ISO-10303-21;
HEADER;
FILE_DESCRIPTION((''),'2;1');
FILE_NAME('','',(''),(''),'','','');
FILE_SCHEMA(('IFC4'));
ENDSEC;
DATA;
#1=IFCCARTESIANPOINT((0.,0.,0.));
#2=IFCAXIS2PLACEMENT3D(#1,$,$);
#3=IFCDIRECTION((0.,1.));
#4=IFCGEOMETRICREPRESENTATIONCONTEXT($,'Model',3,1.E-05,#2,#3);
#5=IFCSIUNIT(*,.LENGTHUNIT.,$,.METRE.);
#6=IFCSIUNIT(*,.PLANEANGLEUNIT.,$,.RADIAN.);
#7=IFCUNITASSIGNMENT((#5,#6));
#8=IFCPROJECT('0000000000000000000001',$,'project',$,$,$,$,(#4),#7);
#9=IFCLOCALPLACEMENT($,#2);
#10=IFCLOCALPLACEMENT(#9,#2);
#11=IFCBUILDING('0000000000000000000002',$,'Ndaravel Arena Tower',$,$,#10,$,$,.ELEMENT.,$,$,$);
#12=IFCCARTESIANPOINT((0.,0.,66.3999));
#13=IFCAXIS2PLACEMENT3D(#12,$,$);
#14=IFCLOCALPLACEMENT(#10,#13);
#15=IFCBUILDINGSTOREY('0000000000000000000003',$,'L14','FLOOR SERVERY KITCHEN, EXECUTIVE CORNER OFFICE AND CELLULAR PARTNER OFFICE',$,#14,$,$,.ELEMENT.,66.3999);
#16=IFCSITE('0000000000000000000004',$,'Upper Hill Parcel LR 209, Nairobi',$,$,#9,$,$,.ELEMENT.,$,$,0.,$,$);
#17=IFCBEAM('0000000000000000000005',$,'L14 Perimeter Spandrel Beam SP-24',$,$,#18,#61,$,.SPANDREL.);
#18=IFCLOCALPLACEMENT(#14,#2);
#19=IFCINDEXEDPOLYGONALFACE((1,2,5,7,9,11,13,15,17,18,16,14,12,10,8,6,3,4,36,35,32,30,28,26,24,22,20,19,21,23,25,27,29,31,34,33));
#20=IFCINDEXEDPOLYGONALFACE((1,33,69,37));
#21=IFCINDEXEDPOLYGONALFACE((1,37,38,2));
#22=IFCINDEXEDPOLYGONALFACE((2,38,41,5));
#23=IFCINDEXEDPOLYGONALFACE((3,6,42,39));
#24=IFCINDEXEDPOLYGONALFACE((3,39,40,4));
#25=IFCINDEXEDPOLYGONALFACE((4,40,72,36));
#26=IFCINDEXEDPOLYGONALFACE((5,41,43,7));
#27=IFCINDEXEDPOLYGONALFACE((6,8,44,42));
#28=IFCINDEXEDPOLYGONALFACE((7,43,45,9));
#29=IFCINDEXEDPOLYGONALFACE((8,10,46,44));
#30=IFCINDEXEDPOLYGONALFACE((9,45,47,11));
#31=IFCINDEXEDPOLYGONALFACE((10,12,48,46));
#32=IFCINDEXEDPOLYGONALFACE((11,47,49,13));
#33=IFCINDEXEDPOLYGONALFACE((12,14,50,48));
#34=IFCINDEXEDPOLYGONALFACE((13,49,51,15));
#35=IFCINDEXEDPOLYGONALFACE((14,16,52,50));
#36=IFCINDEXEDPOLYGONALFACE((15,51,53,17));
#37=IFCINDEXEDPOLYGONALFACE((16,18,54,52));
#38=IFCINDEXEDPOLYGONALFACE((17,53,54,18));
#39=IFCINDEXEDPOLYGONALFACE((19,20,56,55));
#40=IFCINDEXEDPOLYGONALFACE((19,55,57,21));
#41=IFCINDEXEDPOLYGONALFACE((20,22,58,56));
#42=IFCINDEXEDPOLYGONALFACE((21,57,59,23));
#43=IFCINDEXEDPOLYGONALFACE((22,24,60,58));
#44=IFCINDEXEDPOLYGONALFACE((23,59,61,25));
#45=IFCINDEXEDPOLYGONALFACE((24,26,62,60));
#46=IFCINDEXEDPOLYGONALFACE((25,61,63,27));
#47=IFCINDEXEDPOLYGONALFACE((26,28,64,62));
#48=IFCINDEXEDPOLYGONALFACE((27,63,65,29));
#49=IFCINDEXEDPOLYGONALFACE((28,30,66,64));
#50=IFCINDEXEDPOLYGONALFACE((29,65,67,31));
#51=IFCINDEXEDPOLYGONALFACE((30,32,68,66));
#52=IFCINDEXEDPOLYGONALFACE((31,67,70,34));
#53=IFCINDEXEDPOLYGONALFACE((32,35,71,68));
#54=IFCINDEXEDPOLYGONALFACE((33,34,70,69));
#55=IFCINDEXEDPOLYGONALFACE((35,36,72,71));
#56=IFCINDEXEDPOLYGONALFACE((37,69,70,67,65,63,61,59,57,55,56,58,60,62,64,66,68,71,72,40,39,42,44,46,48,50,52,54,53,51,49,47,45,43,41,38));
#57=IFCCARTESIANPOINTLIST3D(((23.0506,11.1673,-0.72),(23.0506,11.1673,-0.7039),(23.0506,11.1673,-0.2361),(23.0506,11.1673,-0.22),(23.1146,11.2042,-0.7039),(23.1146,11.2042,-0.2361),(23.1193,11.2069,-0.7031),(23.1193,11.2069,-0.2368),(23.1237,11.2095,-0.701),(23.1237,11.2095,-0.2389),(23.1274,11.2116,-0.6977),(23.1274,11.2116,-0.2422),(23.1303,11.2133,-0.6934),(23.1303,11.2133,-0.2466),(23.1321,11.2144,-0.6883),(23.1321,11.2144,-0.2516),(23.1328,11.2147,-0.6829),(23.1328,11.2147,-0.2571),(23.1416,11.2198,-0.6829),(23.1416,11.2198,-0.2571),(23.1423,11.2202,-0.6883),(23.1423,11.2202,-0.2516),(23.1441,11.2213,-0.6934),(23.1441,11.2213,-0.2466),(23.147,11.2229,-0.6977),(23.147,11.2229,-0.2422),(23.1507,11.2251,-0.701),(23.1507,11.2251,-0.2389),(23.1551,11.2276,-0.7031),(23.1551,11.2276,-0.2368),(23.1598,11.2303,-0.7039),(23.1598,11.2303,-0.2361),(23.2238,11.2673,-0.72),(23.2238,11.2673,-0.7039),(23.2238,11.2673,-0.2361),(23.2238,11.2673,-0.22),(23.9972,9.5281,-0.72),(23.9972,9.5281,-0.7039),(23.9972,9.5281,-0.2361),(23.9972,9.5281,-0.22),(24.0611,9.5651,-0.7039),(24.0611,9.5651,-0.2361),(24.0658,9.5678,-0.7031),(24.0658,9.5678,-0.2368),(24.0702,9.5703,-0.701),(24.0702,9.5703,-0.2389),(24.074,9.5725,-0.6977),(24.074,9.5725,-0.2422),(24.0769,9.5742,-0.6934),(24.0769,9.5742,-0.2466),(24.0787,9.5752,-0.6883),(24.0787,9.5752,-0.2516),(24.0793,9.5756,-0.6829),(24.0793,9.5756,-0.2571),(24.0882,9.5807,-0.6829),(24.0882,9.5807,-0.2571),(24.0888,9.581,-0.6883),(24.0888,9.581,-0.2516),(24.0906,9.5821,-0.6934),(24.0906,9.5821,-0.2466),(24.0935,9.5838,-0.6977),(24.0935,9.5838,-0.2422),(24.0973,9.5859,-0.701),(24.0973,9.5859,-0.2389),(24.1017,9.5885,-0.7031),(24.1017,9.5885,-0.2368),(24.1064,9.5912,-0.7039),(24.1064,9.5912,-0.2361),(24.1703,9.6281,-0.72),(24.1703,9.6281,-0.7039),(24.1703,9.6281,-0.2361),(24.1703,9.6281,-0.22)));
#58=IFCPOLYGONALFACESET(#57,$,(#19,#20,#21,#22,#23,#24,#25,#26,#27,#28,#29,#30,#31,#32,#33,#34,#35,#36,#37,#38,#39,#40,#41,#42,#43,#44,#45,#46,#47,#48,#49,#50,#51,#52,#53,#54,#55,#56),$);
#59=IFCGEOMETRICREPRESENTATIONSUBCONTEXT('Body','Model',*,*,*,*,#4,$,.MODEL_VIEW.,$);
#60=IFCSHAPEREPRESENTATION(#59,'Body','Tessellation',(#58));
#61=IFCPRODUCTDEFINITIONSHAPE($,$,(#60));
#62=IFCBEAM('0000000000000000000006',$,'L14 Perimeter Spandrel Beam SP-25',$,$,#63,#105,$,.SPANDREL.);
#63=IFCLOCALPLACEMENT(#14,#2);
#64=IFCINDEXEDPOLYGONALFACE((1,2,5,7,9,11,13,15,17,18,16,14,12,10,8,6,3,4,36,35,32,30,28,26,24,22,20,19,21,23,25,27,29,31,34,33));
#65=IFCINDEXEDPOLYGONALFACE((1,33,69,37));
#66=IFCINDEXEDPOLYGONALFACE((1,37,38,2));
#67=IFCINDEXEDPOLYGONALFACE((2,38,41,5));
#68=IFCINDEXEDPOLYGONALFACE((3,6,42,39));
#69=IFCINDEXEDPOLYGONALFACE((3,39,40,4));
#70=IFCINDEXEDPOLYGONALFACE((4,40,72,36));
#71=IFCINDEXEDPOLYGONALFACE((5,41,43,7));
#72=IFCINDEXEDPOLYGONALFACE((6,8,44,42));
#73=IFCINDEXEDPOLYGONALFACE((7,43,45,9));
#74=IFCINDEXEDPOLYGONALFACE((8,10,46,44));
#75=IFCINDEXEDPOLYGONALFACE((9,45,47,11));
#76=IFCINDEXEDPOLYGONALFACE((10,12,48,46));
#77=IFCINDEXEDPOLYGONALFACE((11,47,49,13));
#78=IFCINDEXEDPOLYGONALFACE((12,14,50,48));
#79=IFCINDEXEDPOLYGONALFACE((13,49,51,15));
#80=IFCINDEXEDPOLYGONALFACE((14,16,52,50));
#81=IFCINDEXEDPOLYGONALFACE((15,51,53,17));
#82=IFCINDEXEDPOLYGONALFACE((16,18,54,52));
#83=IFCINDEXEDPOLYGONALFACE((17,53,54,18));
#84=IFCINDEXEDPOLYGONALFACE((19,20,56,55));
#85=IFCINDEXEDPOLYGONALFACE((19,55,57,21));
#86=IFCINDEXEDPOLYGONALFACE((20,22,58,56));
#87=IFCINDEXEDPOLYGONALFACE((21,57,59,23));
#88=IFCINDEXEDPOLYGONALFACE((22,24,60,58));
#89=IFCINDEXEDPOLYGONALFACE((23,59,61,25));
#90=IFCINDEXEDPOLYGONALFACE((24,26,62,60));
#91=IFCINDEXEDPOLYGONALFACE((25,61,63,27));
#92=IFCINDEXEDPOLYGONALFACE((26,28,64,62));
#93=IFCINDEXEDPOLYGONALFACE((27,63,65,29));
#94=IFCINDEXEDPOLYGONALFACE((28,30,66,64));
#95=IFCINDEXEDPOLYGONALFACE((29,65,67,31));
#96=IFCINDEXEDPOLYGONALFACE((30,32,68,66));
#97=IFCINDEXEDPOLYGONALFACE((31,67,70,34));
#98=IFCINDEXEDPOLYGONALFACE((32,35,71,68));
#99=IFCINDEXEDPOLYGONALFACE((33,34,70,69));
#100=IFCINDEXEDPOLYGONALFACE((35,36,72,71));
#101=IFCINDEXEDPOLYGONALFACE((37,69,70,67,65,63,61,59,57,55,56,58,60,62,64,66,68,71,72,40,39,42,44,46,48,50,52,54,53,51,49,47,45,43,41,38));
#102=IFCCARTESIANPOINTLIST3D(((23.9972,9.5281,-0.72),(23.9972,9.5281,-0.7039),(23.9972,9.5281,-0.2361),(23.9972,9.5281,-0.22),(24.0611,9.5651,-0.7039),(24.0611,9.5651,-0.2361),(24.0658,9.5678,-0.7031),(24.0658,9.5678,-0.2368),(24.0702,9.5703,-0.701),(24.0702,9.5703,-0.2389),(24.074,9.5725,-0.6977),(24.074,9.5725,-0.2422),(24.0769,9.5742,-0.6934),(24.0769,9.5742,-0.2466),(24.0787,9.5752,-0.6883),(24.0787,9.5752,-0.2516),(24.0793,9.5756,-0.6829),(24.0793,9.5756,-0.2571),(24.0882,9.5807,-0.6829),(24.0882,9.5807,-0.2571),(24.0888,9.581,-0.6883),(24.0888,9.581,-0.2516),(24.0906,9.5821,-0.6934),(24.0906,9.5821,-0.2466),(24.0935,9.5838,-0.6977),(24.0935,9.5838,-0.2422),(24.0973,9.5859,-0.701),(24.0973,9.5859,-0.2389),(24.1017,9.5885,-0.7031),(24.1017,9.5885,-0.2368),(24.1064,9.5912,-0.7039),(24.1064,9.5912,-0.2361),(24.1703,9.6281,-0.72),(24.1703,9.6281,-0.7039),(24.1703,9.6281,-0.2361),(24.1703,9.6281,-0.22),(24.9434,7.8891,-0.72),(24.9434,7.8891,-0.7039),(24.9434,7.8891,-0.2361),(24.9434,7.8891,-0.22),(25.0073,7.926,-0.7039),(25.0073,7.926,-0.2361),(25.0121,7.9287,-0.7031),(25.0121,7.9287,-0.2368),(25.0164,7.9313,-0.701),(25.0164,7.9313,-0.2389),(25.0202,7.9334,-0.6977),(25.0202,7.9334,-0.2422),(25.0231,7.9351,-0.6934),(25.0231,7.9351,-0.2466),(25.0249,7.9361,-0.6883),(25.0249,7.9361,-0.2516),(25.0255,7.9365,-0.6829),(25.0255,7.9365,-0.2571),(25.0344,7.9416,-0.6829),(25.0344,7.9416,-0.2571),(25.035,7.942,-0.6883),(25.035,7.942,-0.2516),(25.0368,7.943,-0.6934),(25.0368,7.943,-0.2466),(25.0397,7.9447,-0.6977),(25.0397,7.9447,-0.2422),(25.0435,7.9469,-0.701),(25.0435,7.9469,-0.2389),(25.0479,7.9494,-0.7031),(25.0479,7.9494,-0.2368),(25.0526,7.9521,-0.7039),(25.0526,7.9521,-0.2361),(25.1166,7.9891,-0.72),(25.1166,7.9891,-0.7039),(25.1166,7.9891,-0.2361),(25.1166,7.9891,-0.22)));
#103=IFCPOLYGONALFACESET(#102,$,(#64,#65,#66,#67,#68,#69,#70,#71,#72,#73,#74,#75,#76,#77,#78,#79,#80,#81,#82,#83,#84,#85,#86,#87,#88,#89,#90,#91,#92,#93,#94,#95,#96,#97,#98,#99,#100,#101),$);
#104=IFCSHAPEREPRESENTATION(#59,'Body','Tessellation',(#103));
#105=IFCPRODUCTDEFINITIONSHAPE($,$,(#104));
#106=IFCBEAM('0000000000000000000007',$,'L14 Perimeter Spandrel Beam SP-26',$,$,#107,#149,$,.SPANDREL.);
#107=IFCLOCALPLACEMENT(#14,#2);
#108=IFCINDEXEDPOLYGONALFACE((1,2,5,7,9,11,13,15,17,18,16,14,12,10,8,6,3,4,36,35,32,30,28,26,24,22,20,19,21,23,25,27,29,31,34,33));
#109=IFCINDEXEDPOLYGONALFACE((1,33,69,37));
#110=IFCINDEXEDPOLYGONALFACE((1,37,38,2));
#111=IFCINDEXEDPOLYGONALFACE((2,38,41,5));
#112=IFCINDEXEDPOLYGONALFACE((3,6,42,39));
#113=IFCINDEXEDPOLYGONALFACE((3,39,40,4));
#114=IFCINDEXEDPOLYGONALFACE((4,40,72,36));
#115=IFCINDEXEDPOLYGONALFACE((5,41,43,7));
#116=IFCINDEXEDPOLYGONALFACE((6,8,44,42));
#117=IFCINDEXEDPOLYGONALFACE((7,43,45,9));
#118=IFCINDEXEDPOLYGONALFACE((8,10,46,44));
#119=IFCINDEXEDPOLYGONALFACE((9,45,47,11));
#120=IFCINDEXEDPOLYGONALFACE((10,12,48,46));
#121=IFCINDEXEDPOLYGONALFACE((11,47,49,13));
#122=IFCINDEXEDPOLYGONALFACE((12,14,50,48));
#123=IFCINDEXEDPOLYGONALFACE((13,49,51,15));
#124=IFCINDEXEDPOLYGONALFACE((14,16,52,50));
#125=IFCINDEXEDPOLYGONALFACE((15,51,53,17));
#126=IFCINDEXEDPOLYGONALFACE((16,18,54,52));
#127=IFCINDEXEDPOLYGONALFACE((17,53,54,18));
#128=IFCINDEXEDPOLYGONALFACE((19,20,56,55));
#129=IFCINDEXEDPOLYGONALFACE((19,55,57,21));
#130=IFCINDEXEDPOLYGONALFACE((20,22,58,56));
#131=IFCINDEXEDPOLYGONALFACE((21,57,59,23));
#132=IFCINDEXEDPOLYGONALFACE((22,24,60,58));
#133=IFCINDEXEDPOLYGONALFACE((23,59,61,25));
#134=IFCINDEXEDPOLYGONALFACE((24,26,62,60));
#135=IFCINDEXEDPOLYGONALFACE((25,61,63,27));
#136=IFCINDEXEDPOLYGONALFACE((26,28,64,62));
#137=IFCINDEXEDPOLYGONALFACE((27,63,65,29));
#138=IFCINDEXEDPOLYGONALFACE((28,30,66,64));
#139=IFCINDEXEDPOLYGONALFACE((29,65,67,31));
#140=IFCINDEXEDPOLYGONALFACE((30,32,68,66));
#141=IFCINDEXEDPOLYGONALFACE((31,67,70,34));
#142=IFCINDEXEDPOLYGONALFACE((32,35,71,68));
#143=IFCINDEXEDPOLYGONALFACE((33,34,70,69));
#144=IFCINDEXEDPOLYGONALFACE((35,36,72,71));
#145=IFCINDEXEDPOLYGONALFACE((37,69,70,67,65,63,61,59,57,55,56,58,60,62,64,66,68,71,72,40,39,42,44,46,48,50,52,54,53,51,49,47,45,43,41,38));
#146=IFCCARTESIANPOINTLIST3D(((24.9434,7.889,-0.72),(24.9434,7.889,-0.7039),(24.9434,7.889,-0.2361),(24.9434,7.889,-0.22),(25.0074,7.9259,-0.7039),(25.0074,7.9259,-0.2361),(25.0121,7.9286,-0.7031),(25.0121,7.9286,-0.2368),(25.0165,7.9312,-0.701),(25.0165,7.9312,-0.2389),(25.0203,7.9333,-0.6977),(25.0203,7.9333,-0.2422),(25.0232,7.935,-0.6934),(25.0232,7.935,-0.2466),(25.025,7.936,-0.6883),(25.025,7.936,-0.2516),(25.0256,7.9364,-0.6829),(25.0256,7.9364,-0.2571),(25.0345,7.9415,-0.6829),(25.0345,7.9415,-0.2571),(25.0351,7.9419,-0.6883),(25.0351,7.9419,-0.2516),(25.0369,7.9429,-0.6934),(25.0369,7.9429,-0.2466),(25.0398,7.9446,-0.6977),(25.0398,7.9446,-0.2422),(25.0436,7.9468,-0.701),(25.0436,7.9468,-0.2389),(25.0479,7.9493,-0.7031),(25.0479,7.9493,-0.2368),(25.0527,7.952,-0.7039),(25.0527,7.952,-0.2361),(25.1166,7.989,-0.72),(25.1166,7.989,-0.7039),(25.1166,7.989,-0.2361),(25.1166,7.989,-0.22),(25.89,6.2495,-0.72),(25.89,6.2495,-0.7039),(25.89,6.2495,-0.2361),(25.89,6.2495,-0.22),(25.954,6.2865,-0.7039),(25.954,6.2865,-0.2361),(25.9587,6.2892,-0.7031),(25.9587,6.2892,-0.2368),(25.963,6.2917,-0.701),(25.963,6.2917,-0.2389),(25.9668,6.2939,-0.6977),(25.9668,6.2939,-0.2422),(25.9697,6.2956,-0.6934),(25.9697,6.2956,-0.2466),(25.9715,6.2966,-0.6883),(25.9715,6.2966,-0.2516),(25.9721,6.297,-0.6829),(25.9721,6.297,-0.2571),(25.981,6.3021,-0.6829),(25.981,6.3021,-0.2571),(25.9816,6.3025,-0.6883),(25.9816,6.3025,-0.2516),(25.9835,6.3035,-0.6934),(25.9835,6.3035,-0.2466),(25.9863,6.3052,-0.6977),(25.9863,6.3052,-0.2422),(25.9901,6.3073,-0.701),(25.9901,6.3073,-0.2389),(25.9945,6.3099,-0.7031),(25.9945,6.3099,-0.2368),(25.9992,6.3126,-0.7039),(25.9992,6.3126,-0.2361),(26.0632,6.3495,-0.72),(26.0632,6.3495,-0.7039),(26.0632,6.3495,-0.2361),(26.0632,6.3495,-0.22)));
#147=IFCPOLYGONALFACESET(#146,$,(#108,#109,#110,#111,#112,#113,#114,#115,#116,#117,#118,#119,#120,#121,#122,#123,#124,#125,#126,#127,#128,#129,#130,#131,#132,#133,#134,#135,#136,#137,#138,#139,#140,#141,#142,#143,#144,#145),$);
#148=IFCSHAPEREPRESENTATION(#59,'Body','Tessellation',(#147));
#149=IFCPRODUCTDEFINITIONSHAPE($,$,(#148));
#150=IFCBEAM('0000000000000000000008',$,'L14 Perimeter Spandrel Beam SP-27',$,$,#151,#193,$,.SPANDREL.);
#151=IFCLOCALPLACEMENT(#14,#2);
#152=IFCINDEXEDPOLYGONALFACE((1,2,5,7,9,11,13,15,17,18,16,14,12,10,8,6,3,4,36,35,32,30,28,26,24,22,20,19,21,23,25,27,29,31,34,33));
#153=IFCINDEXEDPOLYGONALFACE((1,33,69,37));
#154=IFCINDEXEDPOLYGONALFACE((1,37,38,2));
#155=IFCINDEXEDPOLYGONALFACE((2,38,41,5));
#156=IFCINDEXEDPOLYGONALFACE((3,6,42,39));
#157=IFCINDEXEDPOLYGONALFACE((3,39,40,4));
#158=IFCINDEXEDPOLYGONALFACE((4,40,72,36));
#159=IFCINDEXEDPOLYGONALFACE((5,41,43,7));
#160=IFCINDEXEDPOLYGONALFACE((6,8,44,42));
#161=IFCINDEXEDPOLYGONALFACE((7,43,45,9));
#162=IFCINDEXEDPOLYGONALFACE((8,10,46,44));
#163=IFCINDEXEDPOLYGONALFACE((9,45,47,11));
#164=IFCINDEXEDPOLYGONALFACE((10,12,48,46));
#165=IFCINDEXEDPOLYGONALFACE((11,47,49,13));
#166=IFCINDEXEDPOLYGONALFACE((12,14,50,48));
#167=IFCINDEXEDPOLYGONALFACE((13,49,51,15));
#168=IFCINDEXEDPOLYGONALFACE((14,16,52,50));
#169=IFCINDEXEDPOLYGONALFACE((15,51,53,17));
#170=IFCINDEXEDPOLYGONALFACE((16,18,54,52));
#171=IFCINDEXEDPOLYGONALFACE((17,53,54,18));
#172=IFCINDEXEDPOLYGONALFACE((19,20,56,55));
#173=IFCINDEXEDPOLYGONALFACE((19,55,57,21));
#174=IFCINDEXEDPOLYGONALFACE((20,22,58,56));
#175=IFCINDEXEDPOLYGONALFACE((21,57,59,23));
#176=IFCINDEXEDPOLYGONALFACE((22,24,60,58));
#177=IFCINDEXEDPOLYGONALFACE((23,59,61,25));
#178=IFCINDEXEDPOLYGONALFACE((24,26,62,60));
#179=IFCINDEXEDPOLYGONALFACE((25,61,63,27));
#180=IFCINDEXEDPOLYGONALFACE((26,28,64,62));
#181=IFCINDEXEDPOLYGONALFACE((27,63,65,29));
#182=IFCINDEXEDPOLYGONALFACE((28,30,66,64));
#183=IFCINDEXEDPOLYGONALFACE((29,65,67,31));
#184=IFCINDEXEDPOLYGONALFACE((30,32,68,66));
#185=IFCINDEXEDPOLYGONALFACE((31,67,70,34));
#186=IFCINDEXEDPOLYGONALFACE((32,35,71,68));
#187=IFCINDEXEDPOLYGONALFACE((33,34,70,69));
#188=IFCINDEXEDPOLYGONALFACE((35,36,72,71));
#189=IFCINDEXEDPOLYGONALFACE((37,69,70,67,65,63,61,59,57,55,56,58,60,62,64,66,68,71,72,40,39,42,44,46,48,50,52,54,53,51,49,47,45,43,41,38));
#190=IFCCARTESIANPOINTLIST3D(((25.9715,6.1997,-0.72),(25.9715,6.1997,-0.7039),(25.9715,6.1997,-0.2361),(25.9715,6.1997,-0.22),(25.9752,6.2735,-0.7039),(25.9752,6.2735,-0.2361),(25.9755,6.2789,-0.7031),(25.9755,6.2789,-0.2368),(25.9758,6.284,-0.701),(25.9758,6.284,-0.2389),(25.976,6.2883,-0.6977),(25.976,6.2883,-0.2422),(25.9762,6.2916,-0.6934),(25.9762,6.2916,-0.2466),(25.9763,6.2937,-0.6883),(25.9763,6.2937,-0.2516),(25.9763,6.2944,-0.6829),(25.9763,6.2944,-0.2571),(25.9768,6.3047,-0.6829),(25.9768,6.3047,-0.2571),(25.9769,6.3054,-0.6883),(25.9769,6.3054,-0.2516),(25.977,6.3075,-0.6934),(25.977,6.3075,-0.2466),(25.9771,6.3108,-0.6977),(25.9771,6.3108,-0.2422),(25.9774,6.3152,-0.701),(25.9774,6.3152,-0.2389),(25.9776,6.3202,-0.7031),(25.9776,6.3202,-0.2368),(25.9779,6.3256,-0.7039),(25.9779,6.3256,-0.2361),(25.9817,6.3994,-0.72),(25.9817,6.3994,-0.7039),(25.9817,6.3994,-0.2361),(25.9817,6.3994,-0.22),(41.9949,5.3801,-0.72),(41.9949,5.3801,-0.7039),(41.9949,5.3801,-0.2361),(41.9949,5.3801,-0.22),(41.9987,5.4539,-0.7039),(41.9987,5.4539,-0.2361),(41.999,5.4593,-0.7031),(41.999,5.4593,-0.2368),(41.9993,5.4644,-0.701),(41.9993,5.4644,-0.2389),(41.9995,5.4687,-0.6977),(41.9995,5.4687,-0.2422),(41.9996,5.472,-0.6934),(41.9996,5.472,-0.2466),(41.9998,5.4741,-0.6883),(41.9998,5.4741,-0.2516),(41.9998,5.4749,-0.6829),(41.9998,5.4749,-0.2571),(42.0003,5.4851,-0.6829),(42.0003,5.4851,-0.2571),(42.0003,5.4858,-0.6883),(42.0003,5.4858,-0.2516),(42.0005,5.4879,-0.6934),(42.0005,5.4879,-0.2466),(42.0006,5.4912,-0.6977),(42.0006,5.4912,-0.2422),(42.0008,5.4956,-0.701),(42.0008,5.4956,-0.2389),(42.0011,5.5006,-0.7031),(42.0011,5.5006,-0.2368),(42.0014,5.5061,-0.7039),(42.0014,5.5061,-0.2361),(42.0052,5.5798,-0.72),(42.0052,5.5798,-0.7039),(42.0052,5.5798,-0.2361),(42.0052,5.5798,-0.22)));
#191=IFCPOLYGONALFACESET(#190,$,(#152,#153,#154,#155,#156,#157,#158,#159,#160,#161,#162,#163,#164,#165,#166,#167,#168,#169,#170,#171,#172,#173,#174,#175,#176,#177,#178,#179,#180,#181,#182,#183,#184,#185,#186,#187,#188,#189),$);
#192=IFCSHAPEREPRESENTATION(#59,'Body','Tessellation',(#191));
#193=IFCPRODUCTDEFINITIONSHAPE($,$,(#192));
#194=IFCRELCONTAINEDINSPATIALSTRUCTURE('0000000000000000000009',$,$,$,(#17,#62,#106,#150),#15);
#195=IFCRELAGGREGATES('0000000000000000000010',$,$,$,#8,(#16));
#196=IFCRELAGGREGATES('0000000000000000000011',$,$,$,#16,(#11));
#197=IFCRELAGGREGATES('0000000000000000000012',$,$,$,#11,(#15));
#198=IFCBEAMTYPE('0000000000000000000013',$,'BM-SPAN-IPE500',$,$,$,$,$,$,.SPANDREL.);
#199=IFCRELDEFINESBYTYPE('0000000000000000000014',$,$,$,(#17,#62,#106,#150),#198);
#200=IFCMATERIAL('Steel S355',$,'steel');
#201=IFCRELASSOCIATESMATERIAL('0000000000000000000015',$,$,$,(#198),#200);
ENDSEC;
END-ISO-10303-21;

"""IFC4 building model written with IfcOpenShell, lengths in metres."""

from ifc_helpers import new_model, si_unit, direction, frame, origin, origin_2d, place, context, subcontext, project, spatial, i_section, extrude, material, material_profile, profile_set, type_object, element, save


model = new_model("IFC4")

# Units and contexts
model_context = context("Model", 3, precision=1e-05, world=origin(), true_north=direction((0.0, 1.0)))
body_context = subcontext(model_context, "Body", "Model", "MODEL_VIEW")
ifc_project = project(units=[si_unit("LENGTHUNIT", "METRE"), si_unit("PLANEANGLEUNIT", "RADIAN")], contexts=[model_context])

# Site, building, storey
site_placement = place(None, origin())
site = spatial("IfcSite", under=ifc_project, at=site_placement, Name="Upper Hill Parcel LR 209, Nairobi", CompositionType="ELEMENT", RefElevation=0.0)
building_placement = place(site_placement, origin())
building = spatial("IfcBuilding", under=site, at=building_placement, Name="Ndaravel Arena Tower", CompositionType="ELEMENT")
storey_placement = place(building_placement, frame((0.0, 0.0, 66.3999)))
storey = spatial("IfcBuildingStorey", under=building, at=storey_placement, Name="L14", Description="FLOOR SERVERY KITCHEN, EXECUTIVE CORNER OFFICE AND CELLULAR PARTNER OFFICE", CompositionType="ELEMENT", Elevation=66.3999)

# Beams
ifc_material_1 = material(Name="Steel S355", Category="steel")
ifc_material_profile_1 = material_profile(ifc_material_1, i_section(OverallWidth=0.2, OverallDepth=0.5, WebThickness=0.0103, FlangeThickness=0.0161, FilletRadius=0.021, at=origin_2d()), Name="IPE 500")
ifc_profile_set_1 = profile_set([ifc_material_profile_1], Name="Steel S355")
beam_type = type_object("IfcBeamType", Name="BM-SPAN-IPE500", PredefinedType="SPANDREL", material=ifc_profile_set_1)
for number, where, z_axis, x_axis, name in (
    (1, (23.1372, 11.2173, -0.47), (0.500065, -0.865988, 0.0), (0.865988, 0.500065, 0.0), "L14 Perimeter Spandrel Beam SP-24"),
):
    element("IfcBeam", number, at=place(storey_placement, frame(where, z_axis=z_axis, x_axis=x_axis)), inside=storey, type_object=beam_type, Name=name, PredefinedType="SPANDREL", context=body_context, shape_type="SweptSolid", body=[
        extrude(i_section(OverallWidth=0.2, OverallDepth=0.5, WebThickness=0.0103, FlangeThickness=0.0161, FilletRadius=0.021, at=origin_2d()), origin(), (0.0, 0.0, 1.0), 1.8928),
    ])
beam_1_placement = place(storey_placement, frame((24.0837, 9.5781, -0.47), z_axis=(0.499968, -0.866044, 0.0), x_axis=(0.866044, 0.499968, 0.0)))
element("IfcBeam", 2, at=beam_1_placement, inside=storey, type_object=beam_type, Name="L14 Perimeter Spandrel Beam SP-25", PredefinedType="SPANDREL", context=body_context, shape_type="SweptSolid", body=[
    extrude(i_section(OverallWidth=0.2, OverallDepth=0.5, WebThickness=0.0103, FlangeThickness=0.0161, FilletRadius=0.021, at=origin_2d()), origin(), (0.0, 0.0, 1.0), 1.8926),
])
beam_2_placement = place(storey_placement, frame((25.03, 7.939, -0.47), z_axis=(0.500009, -0.86602, 0.0), x_axis=(0.86602, 0.500009, 0.0)))
element("IfcBeam", 3, at=beam_2_placement, inside=storey, type_object=beam_type, Name="L14 Perimeter Spandrel Beam SP-26", PredefinedType="SPANDREL", context=body_context, shape_type="SweptSolid", body=[
    extrude(i_section(OverallWidth=0.2, OverallDepth=0.5, WebThickness=0.0103, FlangeThickness=0.0161, FilletRadius=0.021, at=origin_2d()), origin(), (0.0, 0.0, 1.0), 1.8931),
])
beam_3_placement = place(storey_placement, frame((25.9766, 6.2996, -0.47), z_axis=(0.998694, -0.051082, 0.0), x_axis=(0.051082, 0.998694, 0.0)))
element("IfcBeam", 4, at=beam_3_placement, inside=storey, type_object=beam_type, Name="L14 Perimeter Spandrel Beam SP-27", PredefinedType="SPANDREL", context=body_context, shape_type="SweptSolid", body=[
    extrude(i_section(OverallWidth=0.2, OverallDepth=0.5, WebThickness=0.0103, FlangeThickness=0.0161, FilletRadius=0.021, at=origin_2d()), origin(), (0.0, 0.0, 1.0), 16.0444),
])

save(model, "model.ifc")
